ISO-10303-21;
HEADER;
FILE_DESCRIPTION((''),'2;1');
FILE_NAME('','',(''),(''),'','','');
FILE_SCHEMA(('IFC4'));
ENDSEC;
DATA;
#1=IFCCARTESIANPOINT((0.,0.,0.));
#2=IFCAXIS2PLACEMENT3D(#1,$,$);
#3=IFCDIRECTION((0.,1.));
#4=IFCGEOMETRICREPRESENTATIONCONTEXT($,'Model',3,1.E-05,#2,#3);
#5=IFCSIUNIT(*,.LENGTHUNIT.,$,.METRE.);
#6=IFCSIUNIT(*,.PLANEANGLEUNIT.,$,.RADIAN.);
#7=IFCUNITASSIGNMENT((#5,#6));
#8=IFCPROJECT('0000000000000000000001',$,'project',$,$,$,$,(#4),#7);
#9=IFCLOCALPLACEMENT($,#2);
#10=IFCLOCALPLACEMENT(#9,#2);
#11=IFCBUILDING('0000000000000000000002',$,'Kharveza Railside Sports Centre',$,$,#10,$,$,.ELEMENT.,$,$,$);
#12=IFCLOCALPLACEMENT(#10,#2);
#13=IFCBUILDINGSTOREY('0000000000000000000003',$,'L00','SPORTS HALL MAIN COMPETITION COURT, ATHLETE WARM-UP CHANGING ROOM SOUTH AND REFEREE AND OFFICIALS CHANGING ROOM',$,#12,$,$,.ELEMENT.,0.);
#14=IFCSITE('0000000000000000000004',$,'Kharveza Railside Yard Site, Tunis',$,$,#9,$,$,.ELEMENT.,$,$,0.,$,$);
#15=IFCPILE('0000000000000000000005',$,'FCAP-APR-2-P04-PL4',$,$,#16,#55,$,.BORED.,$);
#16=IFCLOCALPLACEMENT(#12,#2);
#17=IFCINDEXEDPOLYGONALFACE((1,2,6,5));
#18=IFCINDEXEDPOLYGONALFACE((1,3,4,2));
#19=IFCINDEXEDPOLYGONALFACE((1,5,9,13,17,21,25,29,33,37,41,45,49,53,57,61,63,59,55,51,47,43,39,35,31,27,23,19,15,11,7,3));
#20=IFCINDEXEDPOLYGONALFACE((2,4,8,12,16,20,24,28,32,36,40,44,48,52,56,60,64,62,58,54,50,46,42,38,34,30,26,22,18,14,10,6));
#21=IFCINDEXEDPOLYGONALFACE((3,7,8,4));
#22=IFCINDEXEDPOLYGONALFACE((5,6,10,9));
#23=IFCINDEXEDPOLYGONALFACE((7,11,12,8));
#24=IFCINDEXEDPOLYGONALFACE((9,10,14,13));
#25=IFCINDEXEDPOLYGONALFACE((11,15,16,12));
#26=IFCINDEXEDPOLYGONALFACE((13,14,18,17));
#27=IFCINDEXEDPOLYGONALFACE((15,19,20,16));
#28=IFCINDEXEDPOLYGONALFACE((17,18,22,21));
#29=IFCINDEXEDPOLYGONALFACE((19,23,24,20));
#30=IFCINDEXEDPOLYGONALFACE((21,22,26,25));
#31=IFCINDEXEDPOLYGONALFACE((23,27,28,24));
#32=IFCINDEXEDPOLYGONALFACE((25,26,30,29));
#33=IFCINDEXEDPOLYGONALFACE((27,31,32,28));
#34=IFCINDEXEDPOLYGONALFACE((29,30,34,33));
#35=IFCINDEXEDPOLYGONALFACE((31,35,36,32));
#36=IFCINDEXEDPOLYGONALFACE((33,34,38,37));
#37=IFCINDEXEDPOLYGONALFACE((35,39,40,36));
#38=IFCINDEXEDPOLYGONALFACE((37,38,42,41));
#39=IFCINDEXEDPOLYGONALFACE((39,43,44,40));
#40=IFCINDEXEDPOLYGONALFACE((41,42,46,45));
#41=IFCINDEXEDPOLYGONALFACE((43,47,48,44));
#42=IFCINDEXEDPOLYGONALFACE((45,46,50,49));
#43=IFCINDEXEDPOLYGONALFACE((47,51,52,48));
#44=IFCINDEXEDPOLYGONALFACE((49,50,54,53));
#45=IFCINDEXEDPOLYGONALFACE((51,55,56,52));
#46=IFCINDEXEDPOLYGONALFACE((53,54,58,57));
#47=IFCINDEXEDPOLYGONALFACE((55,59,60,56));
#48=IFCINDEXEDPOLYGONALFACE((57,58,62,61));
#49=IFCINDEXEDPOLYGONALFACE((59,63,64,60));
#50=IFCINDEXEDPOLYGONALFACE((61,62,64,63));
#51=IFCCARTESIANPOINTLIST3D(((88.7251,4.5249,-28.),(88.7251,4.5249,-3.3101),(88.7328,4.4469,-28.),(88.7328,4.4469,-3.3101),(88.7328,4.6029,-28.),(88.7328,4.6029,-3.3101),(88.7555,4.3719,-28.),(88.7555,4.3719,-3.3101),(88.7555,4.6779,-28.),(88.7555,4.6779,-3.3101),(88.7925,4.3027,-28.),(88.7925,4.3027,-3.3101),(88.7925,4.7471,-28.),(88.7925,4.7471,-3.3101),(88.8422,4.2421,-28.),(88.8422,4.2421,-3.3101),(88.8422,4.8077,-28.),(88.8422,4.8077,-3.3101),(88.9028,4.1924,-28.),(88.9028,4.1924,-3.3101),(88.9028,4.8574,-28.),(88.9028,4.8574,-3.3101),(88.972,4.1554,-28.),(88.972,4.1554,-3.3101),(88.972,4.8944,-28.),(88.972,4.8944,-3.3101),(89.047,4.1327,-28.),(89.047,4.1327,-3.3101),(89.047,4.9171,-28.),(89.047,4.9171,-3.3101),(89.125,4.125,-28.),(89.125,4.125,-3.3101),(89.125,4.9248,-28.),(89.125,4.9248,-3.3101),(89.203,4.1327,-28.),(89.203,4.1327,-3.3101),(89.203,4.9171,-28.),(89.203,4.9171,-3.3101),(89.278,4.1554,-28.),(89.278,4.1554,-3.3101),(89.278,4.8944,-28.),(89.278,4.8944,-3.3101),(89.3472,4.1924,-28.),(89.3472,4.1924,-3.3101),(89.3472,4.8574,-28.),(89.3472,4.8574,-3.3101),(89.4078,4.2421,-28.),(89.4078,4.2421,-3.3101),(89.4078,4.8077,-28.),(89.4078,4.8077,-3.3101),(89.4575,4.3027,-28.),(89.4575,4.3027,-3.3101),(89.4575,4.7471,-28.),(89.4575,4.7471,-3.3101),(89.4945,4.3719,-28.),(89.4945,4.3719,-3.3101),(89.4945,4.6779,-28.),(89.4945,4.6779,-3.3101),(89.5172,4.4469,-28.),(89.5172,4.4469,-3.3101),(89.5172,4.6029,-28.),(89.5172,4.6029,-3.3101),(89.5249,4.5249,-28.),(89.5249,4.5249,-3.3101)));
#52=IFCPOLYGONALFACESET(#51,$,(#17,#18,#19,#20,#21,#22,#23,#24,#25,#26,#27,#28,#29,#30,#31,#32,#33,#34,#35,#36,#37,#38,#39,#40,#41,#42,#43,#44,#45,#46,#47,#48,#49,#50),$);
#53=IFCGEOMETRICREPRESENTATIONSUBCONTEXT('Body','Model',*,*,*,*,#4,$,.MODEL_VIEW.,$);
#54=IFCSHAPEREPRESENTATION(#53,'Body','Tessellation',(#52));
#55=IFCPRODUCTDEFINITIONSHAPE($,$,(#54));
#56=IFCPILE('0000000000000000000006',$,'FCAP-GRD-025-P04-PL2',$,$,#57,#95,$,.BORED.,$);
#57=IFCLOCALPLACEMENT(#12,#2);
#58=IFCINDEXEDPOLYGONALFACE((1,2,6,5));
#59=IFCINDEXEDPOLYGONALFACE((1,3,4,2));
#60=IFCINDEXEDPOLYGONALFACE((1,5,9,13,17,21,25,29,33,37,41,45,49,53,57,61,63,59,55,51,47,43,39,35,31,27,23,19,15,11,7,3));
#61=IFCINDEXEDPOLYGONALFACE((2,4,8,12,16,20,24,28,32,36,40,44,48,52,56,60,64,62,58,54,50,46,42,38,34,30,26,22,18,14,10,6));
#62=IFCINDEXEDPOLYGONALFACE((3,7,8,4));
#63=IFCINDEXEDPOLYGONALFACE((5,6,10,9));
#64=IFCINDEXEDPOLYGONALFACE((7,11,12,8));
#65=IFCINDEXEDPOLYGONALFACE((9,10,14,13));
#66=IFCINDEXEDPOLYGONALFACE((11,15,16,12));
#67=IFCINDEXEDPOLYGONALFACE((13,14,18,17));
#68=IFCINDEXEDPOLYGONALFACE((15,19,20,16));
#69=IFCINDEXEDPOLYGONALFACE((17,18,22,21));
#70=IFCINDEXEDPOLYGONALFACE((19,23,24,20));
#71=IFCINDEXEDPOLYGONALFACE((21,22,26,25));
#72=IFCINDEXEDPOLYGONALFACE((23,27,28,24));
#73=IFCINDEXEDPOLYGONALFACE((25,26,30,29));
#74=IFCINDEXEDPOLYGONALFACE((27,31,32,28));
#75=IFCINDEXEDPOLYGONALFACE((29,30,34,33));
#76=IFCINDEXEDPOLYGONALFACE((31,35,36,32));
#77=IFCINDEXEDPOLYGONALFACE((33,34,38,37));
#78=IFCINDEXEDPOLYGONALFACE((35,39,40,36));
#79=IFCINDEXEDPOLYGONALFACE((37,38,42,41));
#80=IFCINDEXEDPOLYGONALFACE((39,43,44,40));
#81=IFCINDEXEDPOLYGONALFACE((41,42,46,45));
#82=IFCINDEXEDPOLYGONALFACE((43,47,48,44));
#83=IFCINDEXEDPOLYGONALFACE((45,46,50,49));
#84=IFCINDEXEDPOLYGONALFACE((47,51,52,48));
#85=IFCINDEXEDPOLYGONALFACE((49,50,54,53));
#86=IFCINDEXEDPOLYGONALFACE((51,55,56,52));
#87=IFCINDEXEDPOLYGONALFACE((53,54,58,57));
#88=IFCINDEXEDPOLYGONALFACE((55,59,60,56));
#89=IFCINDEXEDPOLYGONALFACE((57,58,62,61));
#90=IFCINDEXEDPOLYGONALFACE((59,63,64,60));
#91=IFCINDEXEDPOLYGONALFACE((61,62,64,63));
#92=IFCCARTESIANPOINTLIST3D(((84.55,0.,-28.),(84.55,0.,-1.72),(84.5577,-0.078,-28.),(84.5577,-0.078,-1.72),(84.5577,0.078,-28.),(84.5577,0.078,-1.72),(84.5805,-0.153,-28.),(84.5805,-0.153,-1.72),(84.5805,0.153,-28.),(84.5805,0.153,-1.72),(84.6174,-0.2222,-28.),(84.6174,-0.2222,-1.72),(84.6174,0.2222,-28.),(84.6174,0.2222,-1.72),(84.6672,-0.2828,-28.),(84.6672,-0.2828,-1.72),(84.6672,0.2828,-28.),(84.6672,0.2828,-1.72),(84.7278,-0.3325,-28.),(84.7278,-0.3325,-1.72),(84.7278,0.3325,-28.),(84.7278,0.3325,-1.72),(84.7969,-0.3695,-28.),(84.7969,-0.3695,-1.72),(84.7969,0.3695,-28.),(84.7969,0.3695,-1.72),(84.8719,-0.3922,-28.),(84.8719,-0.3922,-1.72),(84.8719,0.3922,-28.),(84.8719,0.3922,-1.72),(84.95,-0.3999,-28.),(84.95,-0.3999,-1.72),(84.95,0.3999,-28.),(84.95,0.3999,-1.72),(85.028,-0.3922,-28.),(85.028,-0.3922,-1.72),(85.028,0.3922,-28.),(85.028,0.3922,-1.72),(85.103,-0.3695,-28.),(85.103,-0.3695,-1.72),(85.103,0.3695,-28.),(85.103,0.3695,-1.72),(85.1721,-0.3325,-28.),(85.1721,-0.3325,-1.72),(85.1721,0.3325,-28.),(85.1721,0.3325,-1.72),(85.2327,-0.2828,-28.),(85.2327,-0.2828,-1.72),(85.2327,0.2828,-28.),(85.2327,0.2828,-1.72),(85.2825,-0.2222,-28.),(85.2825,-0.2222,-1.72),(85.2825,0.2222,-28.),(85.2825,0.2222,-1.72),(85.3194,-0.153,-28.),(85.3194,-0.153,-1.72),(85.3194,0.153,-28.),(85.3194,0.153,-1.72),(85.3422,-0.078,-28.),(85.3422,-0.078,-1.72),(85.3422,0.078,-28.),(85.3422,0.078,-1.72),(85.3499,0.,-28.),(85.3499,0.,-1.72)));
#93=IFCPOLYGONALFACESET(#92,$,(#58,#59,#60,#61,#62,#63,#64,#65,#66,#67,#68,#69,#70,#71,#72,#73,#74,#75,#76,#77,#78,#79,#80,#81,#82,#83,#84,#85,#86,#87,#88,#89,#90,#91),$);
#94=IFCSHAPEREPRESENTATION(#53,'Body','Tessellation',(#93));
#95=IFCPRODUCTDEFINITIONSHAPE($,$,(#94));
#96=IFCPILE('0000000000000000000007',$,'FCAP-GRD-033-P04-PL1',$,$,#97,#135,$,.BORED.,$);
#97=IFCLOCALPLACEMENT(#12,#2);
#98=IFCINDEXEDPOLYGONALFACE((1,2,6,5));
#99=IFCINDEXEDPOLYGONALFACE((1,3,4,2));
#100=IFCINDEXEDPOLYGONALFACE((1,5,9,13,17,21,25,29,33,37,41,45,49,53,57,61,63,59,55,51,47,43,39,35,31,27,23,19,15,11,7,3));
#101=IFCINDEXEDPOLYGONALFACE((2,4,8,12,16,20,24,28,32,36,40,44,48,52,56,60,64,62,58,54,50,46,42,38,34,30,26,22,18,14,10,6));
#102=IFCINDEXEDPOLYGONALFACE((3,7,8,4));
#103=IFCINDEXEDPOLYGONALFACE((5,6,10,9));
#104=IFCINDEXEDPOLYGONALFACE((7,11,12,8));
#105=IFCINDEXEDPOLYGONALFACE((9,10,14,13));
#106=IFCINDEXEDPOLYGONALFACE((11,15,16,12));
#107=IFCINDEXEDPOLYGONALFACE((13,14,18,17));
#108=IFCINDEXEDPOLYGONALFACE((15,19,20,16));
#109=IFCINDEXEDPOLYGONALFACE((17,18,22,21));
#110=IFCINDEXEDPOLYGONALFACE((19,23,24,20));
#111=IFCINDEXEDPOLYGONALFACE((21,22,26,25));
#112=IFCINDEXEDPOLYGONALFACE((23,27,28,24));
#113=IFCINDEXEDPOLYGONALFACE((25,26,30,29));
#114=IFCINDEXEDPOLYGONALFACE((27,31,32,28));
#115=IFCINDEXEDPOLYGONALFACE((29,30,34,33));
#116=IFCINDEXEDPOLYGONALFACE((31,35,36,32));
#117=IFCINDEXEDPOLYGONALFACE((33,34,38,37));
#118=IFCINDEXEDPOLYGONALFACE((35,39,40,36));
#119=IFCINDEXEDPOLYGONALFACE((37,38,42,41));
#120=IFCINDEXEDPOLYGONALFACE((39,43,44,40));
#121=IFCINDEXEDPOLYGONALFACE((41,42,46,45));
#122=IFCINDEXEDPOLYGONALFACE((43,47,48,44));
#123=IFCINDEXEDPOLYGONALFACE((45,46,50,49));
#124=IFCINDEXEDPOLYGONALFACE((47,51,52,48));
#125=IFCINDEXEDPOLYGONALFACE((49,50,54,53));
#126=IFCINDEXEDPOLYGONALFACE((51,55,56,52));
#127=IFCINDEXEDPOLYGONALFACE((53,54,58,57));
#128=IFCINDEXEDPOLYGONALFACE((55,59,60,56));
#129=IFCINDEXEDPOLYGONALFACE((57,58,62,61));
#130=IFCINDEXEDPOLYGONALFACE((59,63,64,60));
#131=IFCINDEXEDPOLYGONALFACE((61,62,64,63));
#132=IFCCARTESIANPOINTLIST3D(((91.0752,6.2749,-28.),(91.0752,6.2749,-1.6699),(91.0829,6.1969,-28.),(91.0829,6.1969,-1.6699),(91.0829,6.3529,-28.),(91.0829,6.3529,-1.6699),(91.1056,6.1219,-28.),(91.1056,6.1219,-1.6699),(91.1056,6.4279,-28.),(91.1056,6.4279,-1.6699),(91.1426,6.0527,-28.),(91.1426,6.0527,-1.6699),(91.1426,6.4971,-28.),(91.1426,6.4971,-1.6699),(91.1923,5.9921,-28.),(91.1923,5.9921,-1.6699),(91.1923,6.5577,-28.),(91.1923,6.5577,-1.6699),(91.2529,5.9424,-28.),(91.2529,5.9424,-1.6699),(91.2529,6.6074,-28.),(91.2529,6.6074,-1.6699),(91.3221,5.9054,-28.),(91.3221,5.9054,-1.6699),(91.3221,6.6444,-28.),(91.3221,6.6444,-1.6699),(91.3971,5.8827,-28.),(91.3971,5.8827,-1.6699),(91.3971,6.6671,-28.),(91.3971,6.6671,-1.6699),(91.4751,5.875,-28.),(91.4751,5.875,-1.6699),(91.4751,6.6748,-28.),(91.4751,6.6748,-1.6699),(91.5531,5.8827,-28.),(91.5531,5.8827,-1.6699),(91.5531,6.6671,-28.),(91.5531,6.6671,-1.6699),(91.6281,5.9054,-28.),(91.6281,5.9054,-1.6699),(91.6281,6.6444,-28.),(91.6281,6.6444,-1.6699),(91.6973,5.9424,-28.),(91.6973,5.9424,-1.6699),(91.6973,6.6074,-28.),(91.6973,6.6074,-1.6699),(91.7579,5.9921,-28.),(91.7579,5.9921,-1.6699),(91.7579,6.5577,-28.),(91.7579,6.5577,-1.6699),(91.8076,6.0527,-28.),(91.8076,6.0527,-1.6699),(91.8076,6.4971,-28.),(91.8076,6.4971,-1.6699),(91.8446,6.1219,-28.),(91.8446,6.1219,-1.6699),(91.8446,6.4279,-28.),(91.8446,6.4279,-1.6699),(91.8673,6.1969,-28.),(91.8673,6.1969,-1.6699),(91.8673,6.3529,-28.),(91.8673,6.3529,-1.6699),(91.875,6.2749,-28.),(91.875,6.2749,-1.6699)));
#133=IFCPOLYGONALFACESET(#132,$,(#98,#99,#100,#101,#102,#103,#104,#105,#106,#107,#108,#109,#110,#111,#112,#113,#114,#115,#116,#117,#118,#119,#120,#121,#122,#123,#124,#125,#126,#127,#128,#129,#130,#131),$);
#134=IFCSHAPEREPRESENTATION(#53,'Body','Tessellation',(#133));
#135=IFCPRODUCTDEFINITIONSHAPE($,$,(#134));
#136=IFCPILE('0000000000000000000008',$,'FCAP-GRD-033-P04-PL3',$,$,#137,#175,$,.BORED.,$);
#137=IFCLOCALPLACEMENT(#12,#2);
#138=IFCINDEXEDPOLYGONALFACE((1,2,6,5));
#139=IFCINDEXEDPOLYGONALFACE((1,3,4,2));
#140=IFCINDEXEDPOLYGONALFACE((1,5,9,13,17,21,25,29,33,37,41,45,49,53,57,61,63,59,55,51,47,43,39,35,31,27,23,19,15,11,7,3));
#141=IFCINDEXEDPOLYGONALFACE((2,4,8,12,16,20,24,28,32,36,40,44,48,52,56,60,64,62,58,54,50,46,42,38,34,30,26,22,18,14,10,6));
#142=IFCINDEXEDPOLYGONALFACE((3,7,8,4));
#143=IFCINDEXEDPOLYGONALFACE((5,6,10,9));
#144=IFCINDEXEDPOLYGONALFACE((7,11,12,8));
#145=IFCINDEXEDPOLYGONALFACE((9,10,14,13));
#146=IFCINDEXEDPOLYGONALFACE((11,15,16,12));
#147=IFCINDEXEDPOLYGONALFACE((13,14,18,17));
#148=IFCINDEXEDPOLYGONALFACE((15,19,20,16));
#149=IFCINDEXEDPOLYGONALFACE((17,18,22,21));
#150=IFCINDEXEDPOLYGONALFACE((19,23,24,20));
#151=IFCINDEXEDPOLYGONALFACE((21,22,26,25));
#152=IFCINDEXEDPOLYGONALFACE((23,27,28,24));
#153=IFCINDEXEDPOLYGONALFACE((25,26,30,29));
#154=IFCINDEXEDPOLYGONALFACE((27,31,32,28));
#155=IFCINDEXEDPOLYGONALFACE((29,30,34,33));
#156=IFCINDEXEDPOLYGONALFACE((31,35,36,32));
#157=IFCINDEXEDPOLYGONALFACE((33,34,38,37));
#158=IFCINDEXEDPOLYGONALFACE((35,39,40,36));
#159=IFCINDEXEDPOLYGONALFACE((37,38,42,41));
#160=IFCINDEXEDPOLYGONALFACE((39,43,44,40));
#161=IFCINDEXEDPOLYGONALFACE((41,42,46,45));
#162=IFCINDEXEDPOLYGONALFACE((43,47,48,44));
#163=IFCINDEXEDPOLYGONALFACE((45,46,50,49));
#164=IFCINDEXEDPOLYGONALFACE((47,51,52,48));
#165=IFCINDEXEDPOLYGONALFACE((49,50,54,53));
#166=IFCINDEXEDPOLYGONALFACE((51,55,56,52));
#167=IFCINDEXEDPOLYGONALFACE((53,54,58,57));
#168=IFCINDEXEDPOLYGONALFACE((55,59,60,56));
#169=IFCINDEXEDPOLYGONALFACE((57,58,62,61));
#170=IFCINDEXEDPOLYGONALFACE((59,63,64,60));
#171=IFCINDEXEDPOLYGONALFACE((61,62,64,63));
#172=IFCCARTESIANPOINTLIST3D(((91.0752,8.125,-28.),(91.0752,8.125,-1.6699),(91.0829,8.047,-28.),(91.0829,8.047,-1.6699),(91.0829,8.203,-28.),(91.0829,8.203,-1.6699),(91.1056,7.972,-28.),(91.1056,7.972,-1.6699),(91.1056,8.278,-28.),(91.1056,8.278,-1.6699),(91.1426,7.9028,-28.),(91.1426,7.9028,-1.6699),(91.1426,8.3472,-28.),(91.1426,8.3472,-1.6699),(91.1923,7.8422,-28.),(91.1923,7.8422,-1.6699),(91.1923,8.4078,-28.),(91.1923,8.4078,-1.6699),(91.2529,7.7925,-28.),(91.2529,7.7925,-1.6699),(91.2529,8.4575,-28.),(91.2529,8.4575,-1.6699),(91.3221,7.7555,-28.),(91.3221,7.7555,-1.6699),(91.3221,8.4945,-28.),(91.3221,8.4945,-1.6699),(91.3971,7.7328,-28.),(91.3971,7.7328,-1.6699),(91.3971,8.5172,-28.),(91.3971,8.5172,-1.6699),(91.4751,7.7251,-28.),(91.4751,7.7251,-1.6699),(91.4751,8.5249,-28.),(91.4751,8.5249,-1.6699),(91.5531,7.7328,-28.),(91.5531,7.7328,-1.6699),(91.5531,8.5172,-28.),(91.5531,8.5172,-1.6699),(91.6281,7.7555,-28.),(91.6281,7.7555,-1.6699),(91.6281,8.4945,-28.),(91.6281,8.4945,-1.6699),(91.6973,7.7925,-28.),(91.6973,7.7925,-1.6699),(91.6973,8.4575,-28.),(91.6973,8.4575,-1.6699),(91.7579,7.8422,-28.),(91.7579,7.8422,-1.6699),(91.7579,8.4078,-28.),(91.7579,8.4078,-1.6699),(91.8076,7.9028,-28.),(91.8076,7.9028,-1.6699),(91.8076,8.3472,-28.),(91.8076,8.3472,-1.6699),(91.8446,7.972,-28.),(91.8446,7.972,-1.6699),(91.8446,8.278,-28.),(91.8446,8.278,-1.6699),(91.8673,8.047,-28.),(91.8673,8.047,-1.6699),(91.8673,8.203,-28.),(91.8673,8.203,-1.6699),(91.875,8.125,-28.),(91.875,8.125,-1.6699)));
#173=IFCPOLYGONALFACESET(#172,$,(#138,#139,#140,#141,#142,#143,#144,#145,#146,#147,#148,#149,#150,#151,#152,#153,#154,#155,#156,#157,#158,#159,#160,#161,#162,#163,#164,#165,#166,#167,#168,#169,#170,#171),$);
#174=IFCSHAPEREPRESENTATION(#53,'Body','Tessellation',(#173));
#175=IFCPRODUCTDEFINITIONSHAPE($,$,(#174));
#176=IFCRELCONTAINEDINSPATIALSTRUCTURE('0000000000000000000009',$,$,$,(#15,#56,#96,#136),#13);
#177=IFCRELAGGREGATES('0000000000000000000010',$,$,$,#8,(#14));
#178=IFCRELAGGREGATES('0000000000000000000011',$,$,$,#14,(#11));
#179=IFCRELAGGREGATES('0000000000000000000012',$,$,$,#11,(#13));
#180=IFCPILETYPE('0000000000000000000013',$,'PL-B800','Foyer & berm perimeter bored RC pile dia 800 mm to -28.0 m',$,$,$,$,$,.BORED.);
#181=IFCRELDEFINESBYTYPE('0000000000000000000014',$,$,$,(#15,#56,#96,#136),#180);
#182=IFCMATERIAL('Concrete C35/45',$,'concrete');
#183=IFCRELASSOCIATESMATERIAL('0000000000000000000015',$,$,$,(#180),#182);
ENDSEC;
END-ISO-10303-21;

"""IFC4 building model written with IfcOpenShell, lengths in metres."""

from ifc_helpers import new_model, si_unit, direction, frame, origin, origin_2d, place, context, subcontext, project, spatial, circle, extrude, material, material_profile, profile_set, type_object, element, save


model = new_model("IFC4")

# Units and contexts
model_context = context("Model", 3, precision=1e-05, world=origin(), true_north=direction((0.0, 1.0)))
body_context = subcontext(model_context, "Body", "Model", "MODEL_VIEW")
ifc_project = project(units=[si_unit("LENGTHUNIT", "METRE"), si_unit("PLANEANGLEUNIT", "RADIAN")], contexts=[model_context])

# Site, building, storey
site_placement = place(None, origin())
site = spatial("IfcSite", under=ifc_project, at=site_placement, Name="Kharveza Railside Yard Site, Tunis", CompositionType="ELEMENT", RefElevation=0.0)
building_placement = place(site_placement, origin())
building = spatial("IfcBuilding", under=site, at=building_placement, Name="Kharveza Railside Sports Centre", CompositionType="ELEMENT")
storey_placement = place(building_placement, origin())
storey = spatial("IfcBuildingStorey", under=building, at=storey_placement, Name="L00", Description="SPORTS HALL MAIN COMPETITION COURT, ATHLETE WARM-UP CHANGING ROOM SOUTH AND REFEREE AND OFFICIALS CHANGING ROOM", CompositionType="ELEMENT", Elevation=0.0)

# Shared definitions
ifc_material_1 = material(Name="Concrete C35/45", Category="concrete")

# Piles
ifc_material_profile_1 = material_profile(ifc_material_1, circle(Radius=0.3999, at=origin_2d()), Name="PILE D800")
ifc_profile_set_1 = profile_set([ifc_material_profile_1], Name="Concrete C35/45")
pile_type_1 = type_object("IfcPileType", Name="PL-B800", Description="Foyer & berm perimeter bored RC pile dia 800 mm to -28.0 m", PredefinedType="BORED", material=ifc_profile_set_1)
for number, where, z_axis, x_axis, name in (
    (1, (89.125, 4.5249, -3.3101), (0.0, 0.0, -1.0), (1.0, 0.0, 0.0), "FCAP-APR-2-P04-PL4"),
):
    element("IfcPile", number, at=place(storey_placement, frame(where, z_axis=z_axis, x_axis=x_axis)), inside=storey, type_object=pile_type_1, Name=name, PredefinedType="BORED", context=body_context, shape_type="SweptSolid", body=[
        extrude(circle(Radius=0.3999, at=origin_2d()), origin(), (0.0, 0.0, 1.0), 24.6899),
    ])
pile_placement = place(storey_placement, frame((84.95, 0.0, -1.72), z_axis=(0.0, 0.0, -1.0), x_axis=(1.0, 0.0, 0.0)))
element("IfcPile", 2, at=pile_placement, inside=storey, type_object=pile_type_1, Name="FCAP-GRD-025-P04-PL2", PredefinedType="BORED", context=body_context, shape_type="SweptSolid", body=[
    extrude(circle(Radius=0.3999, at=origin_2d()), origin(), (0.0, 0.0, 1.0), 26.28),
])
for number, where, z_axis, x_axis, name in (
    (3, (91.4751, 6.2749, -1.6699), (0.0, 0.0, -1.0), (1.0, 0.0, 0.0), "FCAP-GRD-033-P04-PL1"),
    (4, (91.4751, 8.125, -1.6699), (0.0, 0.0, -1.0), (1.0, 0.0, 0.0), "FCAP-GRD-033-P04-PL3"),
):
    element("IfcPile", number, at=place(storey_placement, frame(where, z_axis=z_axis, x_axis=x_axis)), inside=storey, type_object=pile_type_1, Name=name, PredefinedType="BORED", context=body_context, shape_type="SweptSolid", body=[
        extrude(circle(Radius=0.3999, at=origin_2d()), origin(), (0.0, 0.0, 1.0), 26.3301),
    ])

save(model, "model.ifc")
